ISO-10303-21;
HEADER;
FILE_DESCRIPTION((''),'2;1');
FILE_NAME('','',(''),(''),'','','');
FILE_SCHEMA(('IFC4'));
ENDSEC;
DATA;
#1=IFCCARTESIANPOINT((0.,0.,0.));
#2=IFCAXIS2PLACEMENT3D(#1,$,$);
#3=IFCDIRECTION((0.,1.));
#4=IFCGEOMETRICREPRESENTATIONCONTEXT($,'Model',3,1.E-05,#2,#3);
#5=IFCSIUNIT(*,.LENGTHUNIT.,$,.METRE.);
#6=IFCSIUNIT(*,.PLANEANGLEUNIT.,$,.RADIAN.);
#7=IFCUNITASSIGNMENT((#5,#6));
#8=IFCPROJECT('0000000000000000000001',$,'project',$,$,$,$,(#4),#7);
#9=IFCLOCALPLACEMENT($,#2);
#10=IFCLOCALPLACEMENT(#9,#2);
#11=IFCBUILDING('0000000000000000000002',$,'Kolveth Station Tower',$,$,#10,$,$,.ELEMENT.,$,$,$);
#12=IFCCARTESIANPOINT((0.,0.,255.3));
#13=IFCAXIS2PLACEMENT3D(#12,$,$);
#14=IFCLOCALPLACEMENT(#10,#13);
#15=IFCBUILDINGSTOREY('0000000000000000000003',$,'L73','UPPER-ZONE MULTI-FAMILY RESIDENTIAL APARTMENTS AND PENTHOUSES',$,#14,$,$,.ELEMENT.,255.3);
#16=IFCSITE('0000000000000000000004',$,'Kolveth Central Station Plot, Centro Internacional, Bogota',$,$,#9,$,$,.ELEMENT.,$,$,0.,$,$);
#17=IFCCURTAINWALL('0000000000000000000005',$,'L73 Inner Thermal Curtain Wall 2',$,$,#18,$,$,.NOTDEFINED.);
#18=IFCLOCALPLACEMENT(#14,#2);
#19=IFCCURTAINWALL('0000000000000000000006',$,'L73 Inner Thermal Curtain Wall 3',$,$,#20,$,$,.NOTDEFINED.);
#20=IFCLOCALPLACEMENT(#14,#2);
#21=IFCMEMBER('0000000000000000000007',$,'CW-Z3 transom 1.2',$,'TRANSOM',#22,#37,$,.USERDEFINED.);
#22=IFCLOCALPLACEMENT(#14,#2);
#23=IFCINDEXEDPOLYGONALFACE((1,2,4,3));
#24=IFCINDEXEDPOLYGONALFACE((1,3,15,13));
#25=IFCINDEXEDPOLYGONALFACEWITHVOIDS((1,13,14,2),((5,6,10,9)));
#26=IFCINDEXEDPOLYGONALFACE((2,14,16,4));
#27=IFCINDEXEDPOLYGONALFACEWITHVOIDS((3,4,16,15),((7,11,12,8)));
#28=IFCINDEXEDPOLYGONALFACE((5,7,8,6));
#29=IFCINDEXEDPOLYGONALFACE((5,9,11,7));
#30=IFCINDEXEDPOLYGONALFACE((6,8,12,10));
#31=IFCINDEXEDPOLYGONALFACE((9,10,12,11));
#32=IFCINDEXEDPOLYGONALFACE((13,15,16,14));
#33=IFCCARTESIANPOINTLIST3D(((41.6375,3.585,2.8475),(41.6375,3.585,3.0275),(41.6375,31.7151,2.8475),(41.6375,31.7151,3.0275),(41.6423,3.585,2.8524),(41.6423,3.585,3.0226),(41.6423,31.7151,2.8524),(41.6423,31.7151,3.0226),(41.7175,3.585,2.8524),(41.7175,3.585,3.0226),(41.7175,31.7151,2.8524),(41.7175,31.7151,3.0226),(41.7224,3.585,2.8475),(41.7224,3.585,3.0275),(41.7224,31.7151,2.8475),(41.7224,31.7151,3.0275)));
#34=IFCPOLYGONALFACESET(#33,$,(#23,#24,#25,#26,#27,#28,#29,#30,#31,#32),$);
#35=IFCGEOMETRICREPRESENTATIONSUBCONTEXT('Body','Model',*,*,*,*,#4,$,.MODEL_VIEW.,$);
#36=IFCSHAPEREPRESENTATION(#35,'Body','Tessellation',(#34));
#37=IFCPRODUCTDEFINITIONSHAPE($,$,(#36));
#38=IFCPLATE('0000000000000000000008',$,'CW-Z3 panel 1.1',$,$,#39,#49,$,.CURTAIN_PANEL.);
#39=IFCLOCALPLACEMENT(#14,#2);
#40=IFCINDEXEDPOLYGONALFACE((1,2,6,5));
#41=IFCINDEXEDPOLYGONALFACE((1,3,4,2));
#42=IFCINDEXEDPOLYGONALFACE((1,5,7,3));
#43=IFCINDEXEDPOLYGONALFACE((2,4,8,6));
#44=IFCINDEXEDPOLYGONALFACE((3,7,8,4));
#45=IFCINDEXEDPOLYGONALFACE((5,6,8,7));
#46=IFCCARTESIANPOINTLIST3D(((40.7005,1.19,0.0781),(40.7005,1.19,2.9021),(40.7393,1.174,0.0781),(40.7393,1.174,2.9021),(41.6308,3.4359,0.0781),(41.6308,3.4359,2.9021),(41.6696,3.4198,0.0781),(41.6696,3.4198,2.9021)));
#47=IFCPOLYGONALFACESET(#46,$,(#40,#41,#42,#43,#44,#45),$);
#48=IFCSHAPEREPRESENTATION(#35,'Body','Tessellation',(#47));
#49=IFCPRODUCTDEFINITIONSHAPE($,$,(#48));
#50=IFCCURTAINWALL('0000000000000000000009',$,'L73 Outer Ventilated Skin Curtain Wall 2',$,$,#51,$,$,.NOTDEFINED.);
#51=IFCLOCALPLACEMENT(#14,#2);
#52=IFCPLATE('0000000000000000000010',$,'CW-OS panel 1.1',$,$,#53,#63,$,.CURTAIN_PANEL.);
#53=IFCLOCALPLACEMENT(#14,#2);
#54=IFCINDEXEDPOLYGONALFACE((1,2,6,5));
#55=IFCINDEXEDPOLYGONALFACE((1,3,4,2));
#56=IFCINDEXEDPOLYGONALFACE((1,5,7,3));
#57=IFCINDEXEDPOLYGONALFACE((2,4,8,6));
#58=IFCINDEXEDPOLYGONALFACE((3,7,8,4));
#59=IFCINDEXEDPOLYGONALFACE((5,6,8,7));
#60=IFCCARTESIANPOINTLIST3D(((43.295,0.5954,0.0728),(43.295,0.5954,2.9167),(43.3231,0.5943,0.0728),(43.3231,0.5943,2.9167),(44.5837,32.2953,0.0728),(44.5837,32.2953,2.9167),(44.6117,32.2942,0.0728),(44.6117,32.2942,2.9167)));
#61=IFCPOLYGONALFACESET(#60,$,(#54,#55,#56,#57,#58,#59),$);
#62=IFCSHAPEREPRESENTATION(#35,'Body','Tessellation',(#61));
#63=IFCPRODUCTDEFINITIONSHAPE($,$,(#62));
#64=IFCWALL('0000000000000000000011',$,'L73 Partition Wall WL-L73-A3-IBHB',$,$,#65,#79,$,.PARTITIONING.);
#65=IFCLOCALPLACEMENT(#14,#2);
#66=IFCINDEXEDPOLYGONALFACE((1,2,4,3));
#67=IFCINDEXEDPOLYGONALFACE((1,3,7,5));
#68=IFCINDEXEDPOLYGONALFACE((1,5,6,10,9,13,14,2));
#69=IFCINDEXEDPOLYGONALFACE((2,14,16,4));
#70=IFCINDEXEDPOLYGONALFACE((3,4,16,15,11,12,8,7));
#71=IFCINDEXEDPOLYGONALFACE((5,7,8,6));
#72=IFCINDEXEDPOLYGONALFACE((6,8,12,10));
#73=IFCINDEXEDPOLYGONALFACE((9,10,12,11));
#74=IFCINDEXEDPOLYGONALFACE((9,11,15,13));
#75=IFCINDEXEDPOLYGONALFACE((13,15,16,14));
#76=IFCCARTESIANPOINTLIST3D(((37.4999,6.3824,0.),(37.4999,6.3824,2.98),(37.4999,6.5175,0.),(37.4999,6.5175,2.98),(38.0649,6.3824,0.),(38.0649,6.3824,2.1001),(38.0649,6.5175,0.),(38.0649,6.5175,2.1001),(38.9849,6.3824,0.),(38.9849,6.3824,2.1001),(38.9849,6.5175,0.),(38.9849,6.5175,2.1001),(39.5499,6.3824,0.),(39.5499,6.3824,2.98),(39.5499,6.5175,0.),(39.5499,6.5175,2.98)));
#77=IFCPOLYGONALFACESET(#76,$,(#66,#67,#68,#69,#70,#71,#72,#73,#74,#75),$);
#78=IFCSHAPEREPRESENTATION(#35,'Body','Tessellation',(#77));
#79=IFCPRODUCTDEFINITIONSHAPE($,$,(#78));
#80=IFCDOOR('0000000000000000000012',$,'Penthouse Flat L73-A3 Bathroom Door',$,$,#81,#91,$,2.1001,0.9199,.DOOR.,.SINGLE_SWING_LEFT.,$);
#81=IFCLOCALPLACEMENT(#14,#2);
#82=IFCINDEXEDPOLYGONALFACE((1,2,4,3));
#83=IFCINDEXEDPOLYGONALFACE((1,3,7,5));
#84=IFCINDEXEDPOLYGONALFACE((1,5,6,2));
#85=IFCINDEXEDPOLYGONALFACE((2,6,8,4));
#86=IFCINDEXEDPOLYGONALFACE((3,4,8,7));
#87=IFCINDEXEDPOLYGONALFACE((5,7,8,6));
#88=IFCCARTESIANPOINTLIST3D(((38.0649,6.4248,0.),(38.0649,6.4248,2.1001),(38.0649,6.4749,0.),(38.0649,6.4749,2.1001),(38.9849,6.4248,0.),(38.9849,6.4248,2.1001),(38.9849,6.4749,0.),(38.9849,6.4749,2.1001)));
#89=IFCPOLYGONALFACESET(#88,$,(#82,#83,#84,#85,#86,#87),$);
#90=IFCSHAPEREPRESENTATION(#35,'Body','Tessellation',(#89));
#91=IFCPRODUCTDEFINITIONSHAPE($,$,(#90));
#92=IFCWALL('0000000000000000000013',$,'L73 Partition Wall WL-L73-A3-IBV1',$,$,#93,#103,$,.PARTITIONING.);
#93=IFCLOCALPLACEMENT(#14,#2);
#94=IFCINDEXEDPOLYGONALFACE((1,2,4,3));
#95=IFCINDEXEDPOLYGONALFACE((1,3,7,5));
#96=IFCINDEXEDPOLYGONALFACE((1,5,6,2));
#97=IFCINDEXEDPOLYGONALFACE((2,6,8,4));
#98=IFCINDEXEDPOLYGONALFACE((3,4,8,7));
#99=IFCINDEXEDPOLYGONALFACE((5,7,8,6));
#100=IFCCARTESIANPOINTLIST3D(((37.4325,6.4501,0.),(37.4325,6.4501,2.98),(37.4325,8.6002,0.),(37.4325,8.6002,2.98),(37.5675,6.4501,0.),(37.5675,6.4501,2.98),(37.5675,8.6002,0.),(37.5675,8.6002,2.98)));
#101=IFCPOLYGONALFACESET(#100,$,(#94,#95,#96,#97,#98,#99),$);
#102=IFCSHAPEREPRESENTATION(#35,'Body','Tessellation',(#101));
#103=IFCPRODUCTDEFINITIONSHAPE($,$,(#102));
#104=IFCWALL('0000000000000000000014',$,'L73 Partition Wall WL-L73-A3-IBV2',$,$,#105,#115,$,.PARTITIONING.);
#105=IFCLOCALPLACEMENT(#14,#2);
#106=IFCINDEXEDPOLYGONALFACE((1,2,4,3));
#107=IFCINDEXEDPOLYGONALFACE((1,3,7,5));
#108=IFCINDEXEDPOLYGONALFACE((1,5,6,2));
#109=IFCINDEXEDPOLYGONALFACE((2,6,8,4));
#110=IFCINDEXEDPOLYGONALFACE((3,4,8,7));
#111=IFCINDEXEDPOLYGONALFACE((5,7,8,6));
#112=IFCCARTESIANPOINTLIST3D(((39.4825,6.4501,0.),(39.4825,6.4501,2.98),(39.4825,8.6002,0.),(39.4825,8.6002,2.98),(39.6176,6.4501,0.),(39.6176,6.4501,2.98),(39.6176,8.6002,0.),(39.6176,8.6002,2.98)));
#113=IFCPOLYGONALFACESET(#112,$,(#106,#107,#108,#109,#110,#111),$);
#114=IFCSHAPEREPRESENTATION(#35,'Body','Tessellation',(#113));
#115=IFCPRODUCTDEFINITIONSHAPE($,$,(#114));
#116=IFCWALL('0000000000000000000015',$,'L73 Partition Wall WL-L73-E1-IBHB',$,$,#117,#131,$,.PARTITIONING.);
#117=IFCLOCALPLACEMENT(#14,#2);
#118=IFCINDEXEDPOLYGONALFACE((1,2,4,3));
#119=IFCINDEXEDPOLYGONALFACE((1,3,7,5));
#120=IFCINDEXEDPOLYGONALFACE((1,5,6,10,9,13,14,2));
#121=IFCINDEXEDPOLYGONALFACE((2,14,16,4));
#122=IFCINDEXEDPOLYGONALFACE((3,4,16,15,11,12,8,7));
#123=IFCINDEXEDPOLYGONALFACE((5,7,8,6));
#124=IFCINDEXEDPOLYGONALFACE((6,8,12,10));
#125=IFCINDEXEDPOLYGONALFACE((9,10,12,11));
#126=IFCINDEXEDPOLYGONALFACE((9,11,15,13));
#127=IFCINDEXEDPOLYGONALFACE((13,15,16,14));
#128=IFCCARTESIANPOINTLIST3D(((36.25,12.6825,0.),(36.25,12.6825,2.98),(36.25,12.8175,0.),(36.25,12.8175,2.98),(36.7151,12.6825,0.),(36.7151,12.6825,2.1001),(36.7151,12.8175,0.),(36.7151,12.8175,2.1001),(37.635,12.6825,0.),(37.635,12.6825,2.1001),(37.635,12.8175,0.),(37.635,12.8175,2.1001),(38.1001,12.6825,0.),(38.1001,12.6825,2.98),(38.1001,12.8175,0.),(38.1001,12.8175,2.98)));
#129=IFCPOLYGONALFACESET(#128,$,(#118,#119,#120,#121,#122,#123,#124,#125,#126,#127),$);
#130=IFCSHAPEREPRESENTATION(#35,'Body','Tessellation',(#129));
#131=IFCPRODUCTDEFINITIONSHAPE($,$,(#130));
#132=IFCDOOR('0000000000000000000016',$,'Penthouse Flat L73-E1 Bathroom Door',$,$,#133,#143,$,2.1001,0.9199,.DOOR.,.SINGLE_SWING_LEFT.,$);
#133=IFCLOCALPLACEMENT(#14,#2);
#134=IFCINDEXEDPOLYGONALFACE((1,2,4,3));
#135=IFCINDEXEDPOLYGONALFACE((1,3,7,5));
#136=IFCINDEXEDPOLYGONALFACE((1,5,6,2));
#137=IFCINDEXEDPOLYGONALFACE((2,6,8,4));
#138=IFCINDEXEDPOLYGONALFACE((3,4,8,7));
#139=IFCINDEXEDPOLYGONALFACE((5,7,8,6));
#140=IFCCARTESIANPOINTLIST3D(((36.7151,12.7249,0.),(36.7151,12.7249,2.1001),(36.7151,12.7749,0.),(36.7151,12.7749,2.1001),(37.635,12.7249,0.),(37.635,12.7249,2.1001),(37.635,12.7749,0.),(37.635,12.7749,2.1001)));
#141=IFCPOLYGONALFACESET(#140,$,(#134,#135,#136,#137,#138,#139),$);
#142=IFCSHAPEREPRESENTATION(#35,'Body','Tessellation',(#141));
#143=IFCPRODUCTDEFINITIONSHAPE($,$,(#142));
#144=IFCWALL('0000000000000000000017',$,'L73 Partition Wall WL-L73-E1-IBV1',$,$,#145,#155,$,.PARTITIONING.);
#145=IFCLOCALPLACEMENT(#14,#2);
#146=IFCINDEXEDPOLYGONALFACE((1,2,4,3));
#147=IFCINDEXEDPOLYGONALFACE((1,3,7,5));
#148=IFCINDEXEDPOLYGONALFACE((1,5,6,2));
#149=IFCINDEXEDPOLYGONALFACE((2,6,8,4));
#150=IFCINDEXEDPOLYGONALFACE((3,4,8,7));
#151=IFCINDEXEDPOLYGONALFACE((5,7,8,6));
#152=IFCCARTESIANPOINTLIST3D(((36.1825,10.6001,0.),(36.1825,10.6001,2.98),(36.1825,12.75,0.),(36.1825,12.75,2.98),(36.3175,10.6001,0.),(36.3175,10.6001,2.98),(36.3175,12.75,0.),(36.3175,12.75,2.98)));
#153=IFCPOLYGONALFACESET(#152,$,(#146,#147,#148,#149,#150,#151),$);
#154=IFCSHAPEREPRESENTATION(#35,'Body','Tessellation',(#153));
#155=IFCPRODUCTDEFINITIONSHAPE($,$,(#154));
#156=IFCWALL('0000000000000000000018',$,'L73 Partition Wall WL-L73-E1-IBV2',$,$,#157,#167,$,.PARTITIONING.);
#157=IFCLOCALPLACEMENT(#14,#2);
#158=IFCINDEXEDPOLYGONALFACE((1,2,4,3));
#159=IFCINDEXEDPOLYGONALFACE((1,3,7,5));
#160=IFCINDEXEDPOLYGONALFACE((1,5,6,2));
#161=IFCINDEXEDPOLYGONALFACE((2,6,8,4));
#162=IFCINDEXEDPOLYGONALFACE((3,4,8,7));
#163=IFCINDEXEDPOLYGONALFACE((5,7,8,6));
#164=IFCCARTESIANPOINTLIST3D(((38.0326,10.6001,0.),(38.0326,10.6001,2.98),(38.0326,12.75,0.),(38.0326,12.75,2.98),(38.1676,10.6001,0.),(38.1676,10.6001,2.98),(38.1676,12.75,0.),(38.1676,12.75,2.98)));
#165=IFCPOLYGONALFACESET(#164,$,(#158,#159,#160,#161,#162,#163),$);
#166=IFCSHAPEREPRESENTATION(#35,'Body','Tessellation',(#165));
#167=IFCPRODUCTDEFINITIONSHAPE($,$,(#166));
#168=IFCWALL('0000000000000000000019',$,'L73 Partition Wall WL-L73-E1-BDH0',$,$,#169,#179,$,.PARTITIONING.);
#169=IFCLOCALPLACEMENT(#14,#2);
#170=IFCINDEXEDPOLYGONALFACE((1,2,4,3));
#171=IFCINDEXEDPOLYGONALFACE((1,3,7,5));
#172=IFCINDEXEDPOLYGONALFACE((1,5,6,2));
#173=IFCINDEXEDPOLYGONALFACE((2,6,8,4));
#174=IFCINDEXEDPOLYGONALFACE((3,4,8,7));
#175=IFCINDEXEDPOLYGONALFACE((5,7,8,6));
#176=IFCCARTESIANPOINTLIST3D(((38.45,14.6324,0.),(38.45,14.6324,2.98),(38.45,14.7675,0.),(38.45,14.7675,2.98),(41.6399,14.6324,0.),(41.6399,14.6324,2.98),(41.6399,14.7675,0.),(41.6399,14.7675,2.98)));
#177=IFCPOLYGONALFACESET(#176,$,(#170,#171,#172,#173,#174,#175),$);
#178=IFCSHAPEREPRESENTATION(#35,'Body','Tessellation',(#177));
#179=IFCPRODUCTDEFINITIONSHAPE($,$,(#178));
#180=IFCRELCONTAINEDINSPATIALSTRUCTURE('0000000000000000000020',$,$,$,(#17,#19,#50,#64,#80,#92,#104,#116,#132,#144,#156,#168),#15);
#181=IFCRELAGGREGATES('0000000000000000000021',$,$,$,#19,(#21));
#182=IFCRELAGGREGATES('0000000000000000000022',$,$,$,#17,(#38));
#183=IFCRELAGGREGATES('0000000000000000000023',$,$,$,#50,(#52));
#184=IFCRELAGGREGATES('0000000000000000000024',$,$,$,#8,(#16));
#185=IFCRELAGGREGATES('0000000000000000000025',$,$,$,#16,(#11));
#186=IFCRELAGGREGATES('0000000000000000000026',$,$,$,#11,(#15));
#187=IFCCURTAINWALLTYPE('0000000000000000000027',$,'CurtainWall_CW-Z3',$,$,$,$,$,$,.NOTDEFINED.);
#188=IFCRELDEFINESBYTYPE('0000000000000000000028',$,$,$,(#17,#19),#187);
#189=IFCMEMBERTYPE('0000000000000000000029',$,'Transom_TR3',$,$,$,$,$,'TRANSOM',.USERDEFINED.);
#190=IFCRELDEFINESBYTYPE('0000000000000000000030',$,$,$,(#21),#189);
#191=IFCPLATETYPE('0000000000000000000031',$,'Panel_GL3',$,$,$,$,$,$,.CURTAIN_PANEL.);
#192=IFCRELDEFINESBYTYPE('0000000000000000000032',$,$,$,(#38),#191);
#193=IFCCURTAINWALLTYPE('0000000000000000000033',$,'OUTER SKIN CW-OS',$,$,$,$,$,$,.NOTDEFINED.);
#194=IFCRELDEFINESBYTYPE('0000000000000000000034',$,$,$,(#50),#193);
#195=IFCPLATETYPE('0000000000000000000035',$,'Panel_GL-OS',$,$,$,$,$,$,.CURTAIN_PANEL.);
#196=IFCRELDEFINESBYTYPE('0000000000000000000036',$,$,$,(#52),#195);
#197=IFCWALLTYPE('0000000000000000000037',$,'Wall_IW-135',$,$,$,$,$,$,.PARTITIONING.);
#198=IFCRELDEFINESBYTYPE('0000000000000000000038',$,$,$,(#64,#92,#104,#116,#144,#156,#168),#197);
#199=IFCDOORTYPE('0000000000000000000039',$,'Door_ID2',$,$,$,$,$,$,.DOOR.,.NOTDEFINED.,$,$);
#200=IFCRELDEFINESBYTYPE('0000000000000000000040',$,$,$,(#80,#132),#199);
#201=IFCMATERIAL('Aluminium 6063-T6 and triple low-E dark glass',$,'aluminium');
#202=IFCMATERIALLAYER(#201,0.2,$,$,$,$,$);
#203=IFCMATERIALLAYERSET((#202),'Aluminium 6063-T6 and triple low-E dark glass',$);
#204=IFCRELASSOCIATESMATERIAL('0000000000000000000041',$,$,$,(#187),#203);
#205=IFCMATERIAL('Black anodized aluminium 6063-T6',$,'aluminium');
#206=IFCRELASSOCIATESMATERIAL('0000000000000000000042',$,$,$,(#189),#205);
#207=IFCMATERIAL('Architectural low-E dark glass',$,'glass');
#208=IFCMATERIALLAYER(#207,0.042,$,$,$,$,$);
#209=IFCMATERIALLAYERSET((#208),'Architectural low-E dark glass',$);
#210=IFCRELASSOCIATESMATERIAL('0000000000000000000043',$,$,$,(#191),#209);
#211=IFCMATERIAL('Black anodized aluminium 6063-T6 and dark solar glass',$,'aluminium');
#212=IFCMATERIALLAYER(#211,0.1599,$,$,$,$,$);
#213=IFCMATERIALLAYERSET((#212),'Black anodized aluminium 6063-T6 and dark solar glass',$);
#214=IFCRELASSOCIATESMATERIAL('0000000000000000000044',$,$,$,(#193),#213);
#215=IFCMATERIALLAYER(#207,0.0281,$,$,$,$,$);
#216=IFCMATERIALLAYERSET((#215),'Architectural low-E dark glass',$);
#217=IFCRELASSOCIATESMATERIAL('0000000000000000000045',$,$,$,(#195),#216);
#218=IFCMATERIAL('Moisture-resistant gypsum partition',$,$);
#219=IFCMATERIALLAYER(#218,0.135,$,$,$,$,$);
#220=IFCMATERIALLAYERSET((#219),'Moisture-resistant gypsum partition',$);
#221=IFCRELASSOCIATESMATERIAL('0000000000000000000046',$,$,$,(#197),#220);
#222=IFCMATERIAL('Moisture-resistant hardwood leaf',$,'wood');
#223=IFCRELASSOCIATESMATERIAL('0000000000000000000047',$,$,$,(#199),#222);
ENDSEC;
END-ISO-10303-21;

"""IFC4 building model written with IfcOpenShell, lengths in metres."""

from ifc_helpers import new_model, si_unit, direction, frame, frame_2d, origin, origin_2d, place, context, subcontext, project, spatial, rectangle, hollow_rectangle, extrude, source, transform, mapped, material, layer, layer_set, material_profile, profile_set, type_object, element, fill, aggregate, save


model = new_model("IFC4")

# Units and contexts
model_context = context("Model", 3, precision=1e-05, world=origin(), true_north=direction((0.0, 1.0)))
body_context = subcontext(model_context, "Body", "Model", "MODEL_VIEW")
ifc_project = project(units=[si_unit("LENGTHUNIT", "METRE"), si_unit("PLANEANGLEUNIT", "RADIAN")], contexts=[model_context])

# Site, building, storey
site_placement = place(None, origin())
site = spatial("IfcSite", under=ifc_project, at=site_placement, Name="Kolveth Central Station Plot, Centro Internacional, Bogota", CompositionType="ELEMENT", RefElevation=0.0)
building_placement = place(site_placement, origin())
building = spatial("IfcBuilding", under=site, at=building_placement, Name="Kolveth Station Tower", CompositionType="ELEMENT")
storey_placement = place(building_placement, frame((0.0, 0.0, 255.3)))
storey = spatial("IfcBuildingStorey", under=building, at=storey_placement, Name="L73", Description="UPPER-ZONE MULTI-FAMILY RESIDENTIAL APARTMENTS AND PENTHOUSES", CompositionType="ELEMENT", Elevation=255.3)

# Curtain walls
ifc_material_1 = material(Name="Aluminium 6063-T6 and triple low-E dark glass", Category="aluminium")
ifc_layer_1 = layer(ifc_material_1, 0.2)
ifc_layer_set_1 = layer_set([ifc_layer_1], Name="Aluminium 6063-T6 and triple low-E dark glass")
curtain_wall_type_1 = type_object("IfcCurtainWallType", Name="CurtainWall_CW-Z3", PredefinedType="NOTDEFINED", material=ifc_layer_set_1)
curtain_wall_1_placement = place(storey_placement, origin())
curtain_wall_1 = element("IfcCurtainWall", 1, at=curtain_wall_1_placement, inside=storey, type_object=curtain_wall_type_1, Name="L73 Inner Thermal Curtain Wall 2", PredefinedType="NOTDEFINED")
ifc_material_2 = material(Name="Black anodized aluminium 6063-T6", Category="aluminium")
curtain_wall_2_placement = place(storey_placement, origin())
curtain_wall_2 = element("IfcCurtainWall", 2, at=curtain_wall_2_placement, inside=storey, type_object=curtain_wall_type_1, Name="L73 Inner Thermal Curtain Wall 3", PredefinedType="NOTDEFINED")

# Member
ifc_material_profile_1 = material_profile(ifc_material_2, hollow_rectangle(XDim=0.085, YDim=0.1799, WallThickness=0.0049, at=origin_2d()), Name="ALU-85x180x5")
ifc_profile_set_1 = profile_set([ifc_material_profile_1], Name="Black anodized aluminium 6063-T6")
member_type_1 = type_object("IfcMemberType", Name="Transom_TR3", ElementType="TRANSOM", PredefinedType="USERDEFINED", material=ifc_profile_set_1)
shared_shape_1 = source(origin(), body_context, "Body", "SweptSolid", [
    extrude(hollow_rectangle(XDim=0.085, YDim=0.1799, WallThickness=0.0049, at=origin_2d()), origin(), (0.0, 0.0, 1.0), 28.1301),
])
member_1_placement = place(storey_placement, frame((41.6799, 3.585, 2.9375), z_axis=(0.0, 1.0, 0.0), x_axis=(-1.0, 0.0, 0.0)))
member_1 = element("IfcMember", 3, at=member_1_placement, type_object=member_type_1, Name="CW-Z3 transom 1.2", ObjectType="TRANSOM", PredefinedType="USERDEFINED", context=body_context, shape_type="MappedRepresentation", body=[
    mapped(shared_shape_1, transform((0.0, 0.0, 0.0), x_axis=(1.0, 0.0, 0.0), y_axis=(0.0, 1.0, 0.0), z_axis=(0.0, 0.0, 1.0), scale=1.0)),
])
aggregate(curtain_wall_2, [member_1])

# Plate
ifc_material_3 = material(Name="Architectural low-E dark glass", Category="glass")
ifc_layer_2 = layer(ifc_material_3, 0.042)
ifc_layer_set_2 = layer_set([ifc_layer_2], Name="Architectural low-E dark glass")
plate_type_1 = type_object("IfcPlateType", Name="Panel_GL3", PredefinedType="CURTAIN_PANEL", material=ifc_layer_set_2)
shared_shape_2 = source(origin(), body_context, "Body", "SweptSolid", [
    extrude(rectangle(XDim=2.4309, YDim=0.042, at=origin_2d()), origin(), (0.0, 0.0, 1.0), 2.824),
])
plate_1_placement = place(storey_placement, frame((41.1851, 2.3049, 0.0781), z_axis=(0.0, 0.0, 1.0), x_axis=(0.382693, 0.923875, 0.0)))
plate_1 = element("IfcPlate", 4, at=plate_1_placement, type_object=plate_type_1, Name="CW-Z3 panel 1.1", PredefinedType="CURTAIN_PANEL", context=body_context, shape_type="MappedRepresentation", body=[
    mapped(shared_shape_2, transform((0.0, 0.0, 0.0), x_axis=(1.0, 0.0, 0.0), y_axis=(0.0, 1.0, 0.0), z_axis=(0.0, 0.0, 1.0), scale=1.0)),
])
aggregate(curtain_wall_1, [plate_1])

# Curtain wall, plate
ifc_material_4 = material(Name="Black anodized aluminium 6063-T6 and dark solar glass", Category="aluminium")
ifc_layer_3 = layer(ifc_material_4, 0.1599)
ifc_layer_set_3 = layer_set([ifc_layer_3], Name="Black anodized aluminium 6063-T6 and dark solar glass")
curtain_wall_type_2 = type_object("IfcCurtainWallType", Name="OUTER SKIN CW-OS", PredefinedType="NOTDEFINED", material=ifc_layer_set_3)
curtain_wall_3_placement = place(storey_placement, origin())
curtain_wall_3 = element("IfcCurtainWall", 5, at=curtain_wall_3_placement, inside=storey, type_object=curtain_wall_type_2, Name="L73 Outer Ventilated Skin Curtain Wall 2", PredefinedType="NOTDEFINED")
ifc_layer_4 = layer(ifc_material_3, 0.0281)
ifc_layer_set_4 = layer_set([ifc_layer_4], Name="Architectural low-E dark glass")
plate_type_2 = type_object("IfcPlateType", Name="Panel_GL-OS", PredefinedType="CURTAIN_PANEL", material=ifc_layer_set_4)
shared_shape_3 = source(origin(), body_context, "Body", "SweptSolid", [
    extrude(rectangle(XDim=31.7261, YDim=0.0281, at=origin_2d()), origin(), (0.0, 0.0, 1.0), 2.844),
])
plate_2_placement = place(storey_placement, frame((43.9534, 16.4448, 0.0728), z_axis=(0.0, 0.0, 1.0), x_axis=(0.040618, 0.999175, 0.0)))
plate_2 = element("IfcPlate", 6, at=plate_2_placement, type_object=plate_type_2, Name="CW-OS panel 1.1", PredefinedType="CURTAIN_PANEL", context=body_context, shape_type="MappedRepresentation", body=[
    mapped(shared_shape_3, transform((0.0, 0.0, 0.0), x_axis=(1.0, 0.0, 0.0), y_axis=(0.0, 1.0, 0.0), z_axis=(0.0, 0.0, 1.0), scale=1.0)),
])
aggregate(curtain_wall_3, [plate_2])

# Wall, opening, door
ifc_material_5 = material(Name="Moisture-resistant gypsum partition")
ifc_layer_5 = layer(ifc_material_5, 0.135)
ifc_layer_set_5 = layer_set([ifc_layer_5], Name="Moisture-resistant gypsum partition")
wall_type_1 = type_object("IfcWallType", Name="Wall_IW-135", PredefinedType="PARTITIONING", material=ifc_layer_set_5)
wall_1_placement = place(storey_placement, frame((37.5, 6.45, 0.0), z_axis=(0.0, 0.0, 1.0), x_axis=(1.0, 0.0, 0.0)))
wall_1 = element("IfcWall", 7, at=wall_1_placement, inside=storey, type_object=wall_type_1, Name="L73 Partition Wall WL-L73-A3-IBHB", PredefinedType="PARTITIONING", context=body_context, shape_type="SweptSolid", body=[
    extrude(rectangle(XDim=2.05, YDim=0.135, at=frame_2d((1.0249, 0.0))), origin(), (0.0, 0.0, 1.0), 2.98),
])
opening_1_placement = place(wall_1_placement, frame((0.5649, 0.0, 0.0)))
opening_1 = element("IfcOpeningElement", 8, at=opening_1_placement, cuts=wall_1, PredefinedType="OPENING", context=body_context, shape_type="SweptSolid", body=[
    extrude(rectangle(XDim=0.9199, YDim=2.1001, at=frame_2d((0.46, 1.05))), frame((0.0, 0.0774, 0.0), z_axis=(0.0, -1.0, 0.0), x_axis=(1.0, 0.0, 0.0)), (0.0, 0.0, 1.0), 0.155),
])
ifc_material_6 = material(Name="Moisture-resistant hardwood leaf", Category="wood")
door_type_1 = type_object("IfcDoorType", Name="Door_ID2", OperationType="NOTDEFINED", PredefinedType="DOOR", material=ifc_material_6)
door_1_placement = place(opening_1_placement, origin())
door_1 = element("IfcDoor", 9, at=door_1_placement, inside=storey, type_object=door_type_1, Name="Penthouse Flat L73-A3 Bathroom Door", OperationType="SINGLE_SWING_LEFT", OverallHeight=2.1001, OverallWidth=0.9199, PredefinedType="DOOR", context=body_context, shape_type="SweptSolid", body=[
    extrude(rectangle(XDim=0.9199, YDim=2.1001, at=frame_2d((0.46, 1.05))), frame((0.0, 0.0249, 0.0), z_axis=(0.0, -1.0, 0.0), x_axis=(1.0, 0.0, 0.0)), (0.0, 0.0, 1.0), 0.05),
])
fill(opening_1, door_1)

# Walls
for number, where, z_axis, x_axis, name in (
    (10, (37.5, 6.45, 0.0), (0.0, 0.0, 1.0), (0.0, 1.0, 0.0), "L73 Partition Wall WL-L73-A3-IBV1"),
    (11, (39.55, 6.45, 0.0), (0.0, 0.0, 1.0), (0.0, 1.0, 0.0), "L73 Partition Wall WL-L73-A3-IBV2"),
):
    element("IfcWall", number, at=place(storey_placement, frame(where, z_axis=z_axis, x_axis=x_axis)), inside=storey, type_object=wall_type_1, Name=name, PredefinedType="PARTITIONING", context=body_context, shape_type="SweptSolid", body=[
        extrude(rectangle(XDim=2.1501, YDim=0.135, at=frame_2d((1.0752, 0.0))), origin(), (0.0, 0.0, 1.0), 2.98),
    ])

# Wall, opening, door
wall_2_placement = place(storey_placement, frame((36.25, 12.75, 0.0), z_axis=(0.0, 0.0, 1.0), x_axis=(1.0, 0.0, 0.0)))
wall_2 = element("IfcWall", 12, at=wall_2_placement, inside=storey, type_object=wall_type_1, Name="L73 Partition Wall WL-L73-E1-IBHB", PredefinedType="PARTITIONING", context=body_context, shape_type="SweptSolid", body=[
    extrude(rectangle(XDim=1.8501, YDim=0.135, at=frame_2d((0.925, 0.0))), origin(), (0.0, 0.0, 1.0), 2.98),
])
opening_2_placement = place(wall_2_placement, frame((0.4651, 0.0, 0.0)))
opening_2 = element("IfcOpeningElement", 13, at=opening_2_placement, cuts=wall_2, PredefinedType="OPENING", context=body_context, shape_type="SweptSolid", body=[
    extrude(rectangle(XDim=0.9199, YDim=2.1001, at=frame_2d((0.46, 1.05))), frame((0.0, 0.0774, 0.0), z_axis=(0.0, -1.0, 0.0), x_axis=(1.0, 0.0, 0.0)), (0.0, 0.0, 1.0), 0.155),
])
door_2_placement = place(opening_2_placement, origin())
door_2 = element("IfcDoor", 14, at=door_2_placement, inside=storey, type_object=door_type_1, Name="Penthouse Flat L73-E1 Bathroom Door", OperationType="SINGLE_SWING_LEFT", OverallHeight=2.1001, OverallWidth=0.9199, PredefinedType="DOOR", context=body_context, shape_type="SweptSolid", body=[
    extrude(rectangle(XDim=0.9199, YDim=2.1001, at=frame_2d((0.46, 1.05))), frame((0.0, 0.0249, 0.0), z_axis=(0.0, -1.0, 0.0), x_axis=(1.0, 0.0, 0.0)), (0.0, 0.0, 1.0), 0.05),
])
fill(opening_2, door_2)

# Walls
for number, where, z_axis, x_axis, name in (
    (15, (36.25, 10.6001, 0.0), (0.0, 0.0, 1.0), (0.0, 1.0, 0.0), "L73 Partition Wall WL-L73-E1-IBV1"),
    (16, (38.1001, 10.6001, 0.0), (0.0, 0.0, 1.0), (0.0, 1.0, 0.0), "L73 Partition Wall WL-L73-E1-IBV2"),
):
    element("IfcWall", number, at=place(storey_placement, frame(where, z_axis=z_axis, x_axis=x_axis)), inside=storey, type_object=wall_type_1, Name=name, PredefinedType="PARTITIONING", context=body_context, shape_type="SweptSolid", body=[
        extrude(rectangle(XDim=2.1499, YDim=0.135, at=frame_2d((1.075, 0.0))), origin(), (0.0, 0.0, 1.0), 2.98),
    ])
wall_3_placement = place(storey_placement, frame((38.45, 14.7, 0.0), z_axis=(0.0, 0.0, 1.0), x_axis=(1.0, 0.0, 0.0)))
element("IfcWall", 17, at=wall_3_placement, inside=storey, type_object=wall_type_1, Name="L73 Partition Wall WL-L73-E1-BDH0", PredefinedType="PARTITIONING", context=body_context, shape_type="SweptSolid", body=[
    extrude(rectangle(XDim=3.1899, YDim=0.135, at=frame_2d((1.595, 0.0))), origin(), (0.0, 0.0, 1.0), 2.98),
])

save(model, "model.ifc")
